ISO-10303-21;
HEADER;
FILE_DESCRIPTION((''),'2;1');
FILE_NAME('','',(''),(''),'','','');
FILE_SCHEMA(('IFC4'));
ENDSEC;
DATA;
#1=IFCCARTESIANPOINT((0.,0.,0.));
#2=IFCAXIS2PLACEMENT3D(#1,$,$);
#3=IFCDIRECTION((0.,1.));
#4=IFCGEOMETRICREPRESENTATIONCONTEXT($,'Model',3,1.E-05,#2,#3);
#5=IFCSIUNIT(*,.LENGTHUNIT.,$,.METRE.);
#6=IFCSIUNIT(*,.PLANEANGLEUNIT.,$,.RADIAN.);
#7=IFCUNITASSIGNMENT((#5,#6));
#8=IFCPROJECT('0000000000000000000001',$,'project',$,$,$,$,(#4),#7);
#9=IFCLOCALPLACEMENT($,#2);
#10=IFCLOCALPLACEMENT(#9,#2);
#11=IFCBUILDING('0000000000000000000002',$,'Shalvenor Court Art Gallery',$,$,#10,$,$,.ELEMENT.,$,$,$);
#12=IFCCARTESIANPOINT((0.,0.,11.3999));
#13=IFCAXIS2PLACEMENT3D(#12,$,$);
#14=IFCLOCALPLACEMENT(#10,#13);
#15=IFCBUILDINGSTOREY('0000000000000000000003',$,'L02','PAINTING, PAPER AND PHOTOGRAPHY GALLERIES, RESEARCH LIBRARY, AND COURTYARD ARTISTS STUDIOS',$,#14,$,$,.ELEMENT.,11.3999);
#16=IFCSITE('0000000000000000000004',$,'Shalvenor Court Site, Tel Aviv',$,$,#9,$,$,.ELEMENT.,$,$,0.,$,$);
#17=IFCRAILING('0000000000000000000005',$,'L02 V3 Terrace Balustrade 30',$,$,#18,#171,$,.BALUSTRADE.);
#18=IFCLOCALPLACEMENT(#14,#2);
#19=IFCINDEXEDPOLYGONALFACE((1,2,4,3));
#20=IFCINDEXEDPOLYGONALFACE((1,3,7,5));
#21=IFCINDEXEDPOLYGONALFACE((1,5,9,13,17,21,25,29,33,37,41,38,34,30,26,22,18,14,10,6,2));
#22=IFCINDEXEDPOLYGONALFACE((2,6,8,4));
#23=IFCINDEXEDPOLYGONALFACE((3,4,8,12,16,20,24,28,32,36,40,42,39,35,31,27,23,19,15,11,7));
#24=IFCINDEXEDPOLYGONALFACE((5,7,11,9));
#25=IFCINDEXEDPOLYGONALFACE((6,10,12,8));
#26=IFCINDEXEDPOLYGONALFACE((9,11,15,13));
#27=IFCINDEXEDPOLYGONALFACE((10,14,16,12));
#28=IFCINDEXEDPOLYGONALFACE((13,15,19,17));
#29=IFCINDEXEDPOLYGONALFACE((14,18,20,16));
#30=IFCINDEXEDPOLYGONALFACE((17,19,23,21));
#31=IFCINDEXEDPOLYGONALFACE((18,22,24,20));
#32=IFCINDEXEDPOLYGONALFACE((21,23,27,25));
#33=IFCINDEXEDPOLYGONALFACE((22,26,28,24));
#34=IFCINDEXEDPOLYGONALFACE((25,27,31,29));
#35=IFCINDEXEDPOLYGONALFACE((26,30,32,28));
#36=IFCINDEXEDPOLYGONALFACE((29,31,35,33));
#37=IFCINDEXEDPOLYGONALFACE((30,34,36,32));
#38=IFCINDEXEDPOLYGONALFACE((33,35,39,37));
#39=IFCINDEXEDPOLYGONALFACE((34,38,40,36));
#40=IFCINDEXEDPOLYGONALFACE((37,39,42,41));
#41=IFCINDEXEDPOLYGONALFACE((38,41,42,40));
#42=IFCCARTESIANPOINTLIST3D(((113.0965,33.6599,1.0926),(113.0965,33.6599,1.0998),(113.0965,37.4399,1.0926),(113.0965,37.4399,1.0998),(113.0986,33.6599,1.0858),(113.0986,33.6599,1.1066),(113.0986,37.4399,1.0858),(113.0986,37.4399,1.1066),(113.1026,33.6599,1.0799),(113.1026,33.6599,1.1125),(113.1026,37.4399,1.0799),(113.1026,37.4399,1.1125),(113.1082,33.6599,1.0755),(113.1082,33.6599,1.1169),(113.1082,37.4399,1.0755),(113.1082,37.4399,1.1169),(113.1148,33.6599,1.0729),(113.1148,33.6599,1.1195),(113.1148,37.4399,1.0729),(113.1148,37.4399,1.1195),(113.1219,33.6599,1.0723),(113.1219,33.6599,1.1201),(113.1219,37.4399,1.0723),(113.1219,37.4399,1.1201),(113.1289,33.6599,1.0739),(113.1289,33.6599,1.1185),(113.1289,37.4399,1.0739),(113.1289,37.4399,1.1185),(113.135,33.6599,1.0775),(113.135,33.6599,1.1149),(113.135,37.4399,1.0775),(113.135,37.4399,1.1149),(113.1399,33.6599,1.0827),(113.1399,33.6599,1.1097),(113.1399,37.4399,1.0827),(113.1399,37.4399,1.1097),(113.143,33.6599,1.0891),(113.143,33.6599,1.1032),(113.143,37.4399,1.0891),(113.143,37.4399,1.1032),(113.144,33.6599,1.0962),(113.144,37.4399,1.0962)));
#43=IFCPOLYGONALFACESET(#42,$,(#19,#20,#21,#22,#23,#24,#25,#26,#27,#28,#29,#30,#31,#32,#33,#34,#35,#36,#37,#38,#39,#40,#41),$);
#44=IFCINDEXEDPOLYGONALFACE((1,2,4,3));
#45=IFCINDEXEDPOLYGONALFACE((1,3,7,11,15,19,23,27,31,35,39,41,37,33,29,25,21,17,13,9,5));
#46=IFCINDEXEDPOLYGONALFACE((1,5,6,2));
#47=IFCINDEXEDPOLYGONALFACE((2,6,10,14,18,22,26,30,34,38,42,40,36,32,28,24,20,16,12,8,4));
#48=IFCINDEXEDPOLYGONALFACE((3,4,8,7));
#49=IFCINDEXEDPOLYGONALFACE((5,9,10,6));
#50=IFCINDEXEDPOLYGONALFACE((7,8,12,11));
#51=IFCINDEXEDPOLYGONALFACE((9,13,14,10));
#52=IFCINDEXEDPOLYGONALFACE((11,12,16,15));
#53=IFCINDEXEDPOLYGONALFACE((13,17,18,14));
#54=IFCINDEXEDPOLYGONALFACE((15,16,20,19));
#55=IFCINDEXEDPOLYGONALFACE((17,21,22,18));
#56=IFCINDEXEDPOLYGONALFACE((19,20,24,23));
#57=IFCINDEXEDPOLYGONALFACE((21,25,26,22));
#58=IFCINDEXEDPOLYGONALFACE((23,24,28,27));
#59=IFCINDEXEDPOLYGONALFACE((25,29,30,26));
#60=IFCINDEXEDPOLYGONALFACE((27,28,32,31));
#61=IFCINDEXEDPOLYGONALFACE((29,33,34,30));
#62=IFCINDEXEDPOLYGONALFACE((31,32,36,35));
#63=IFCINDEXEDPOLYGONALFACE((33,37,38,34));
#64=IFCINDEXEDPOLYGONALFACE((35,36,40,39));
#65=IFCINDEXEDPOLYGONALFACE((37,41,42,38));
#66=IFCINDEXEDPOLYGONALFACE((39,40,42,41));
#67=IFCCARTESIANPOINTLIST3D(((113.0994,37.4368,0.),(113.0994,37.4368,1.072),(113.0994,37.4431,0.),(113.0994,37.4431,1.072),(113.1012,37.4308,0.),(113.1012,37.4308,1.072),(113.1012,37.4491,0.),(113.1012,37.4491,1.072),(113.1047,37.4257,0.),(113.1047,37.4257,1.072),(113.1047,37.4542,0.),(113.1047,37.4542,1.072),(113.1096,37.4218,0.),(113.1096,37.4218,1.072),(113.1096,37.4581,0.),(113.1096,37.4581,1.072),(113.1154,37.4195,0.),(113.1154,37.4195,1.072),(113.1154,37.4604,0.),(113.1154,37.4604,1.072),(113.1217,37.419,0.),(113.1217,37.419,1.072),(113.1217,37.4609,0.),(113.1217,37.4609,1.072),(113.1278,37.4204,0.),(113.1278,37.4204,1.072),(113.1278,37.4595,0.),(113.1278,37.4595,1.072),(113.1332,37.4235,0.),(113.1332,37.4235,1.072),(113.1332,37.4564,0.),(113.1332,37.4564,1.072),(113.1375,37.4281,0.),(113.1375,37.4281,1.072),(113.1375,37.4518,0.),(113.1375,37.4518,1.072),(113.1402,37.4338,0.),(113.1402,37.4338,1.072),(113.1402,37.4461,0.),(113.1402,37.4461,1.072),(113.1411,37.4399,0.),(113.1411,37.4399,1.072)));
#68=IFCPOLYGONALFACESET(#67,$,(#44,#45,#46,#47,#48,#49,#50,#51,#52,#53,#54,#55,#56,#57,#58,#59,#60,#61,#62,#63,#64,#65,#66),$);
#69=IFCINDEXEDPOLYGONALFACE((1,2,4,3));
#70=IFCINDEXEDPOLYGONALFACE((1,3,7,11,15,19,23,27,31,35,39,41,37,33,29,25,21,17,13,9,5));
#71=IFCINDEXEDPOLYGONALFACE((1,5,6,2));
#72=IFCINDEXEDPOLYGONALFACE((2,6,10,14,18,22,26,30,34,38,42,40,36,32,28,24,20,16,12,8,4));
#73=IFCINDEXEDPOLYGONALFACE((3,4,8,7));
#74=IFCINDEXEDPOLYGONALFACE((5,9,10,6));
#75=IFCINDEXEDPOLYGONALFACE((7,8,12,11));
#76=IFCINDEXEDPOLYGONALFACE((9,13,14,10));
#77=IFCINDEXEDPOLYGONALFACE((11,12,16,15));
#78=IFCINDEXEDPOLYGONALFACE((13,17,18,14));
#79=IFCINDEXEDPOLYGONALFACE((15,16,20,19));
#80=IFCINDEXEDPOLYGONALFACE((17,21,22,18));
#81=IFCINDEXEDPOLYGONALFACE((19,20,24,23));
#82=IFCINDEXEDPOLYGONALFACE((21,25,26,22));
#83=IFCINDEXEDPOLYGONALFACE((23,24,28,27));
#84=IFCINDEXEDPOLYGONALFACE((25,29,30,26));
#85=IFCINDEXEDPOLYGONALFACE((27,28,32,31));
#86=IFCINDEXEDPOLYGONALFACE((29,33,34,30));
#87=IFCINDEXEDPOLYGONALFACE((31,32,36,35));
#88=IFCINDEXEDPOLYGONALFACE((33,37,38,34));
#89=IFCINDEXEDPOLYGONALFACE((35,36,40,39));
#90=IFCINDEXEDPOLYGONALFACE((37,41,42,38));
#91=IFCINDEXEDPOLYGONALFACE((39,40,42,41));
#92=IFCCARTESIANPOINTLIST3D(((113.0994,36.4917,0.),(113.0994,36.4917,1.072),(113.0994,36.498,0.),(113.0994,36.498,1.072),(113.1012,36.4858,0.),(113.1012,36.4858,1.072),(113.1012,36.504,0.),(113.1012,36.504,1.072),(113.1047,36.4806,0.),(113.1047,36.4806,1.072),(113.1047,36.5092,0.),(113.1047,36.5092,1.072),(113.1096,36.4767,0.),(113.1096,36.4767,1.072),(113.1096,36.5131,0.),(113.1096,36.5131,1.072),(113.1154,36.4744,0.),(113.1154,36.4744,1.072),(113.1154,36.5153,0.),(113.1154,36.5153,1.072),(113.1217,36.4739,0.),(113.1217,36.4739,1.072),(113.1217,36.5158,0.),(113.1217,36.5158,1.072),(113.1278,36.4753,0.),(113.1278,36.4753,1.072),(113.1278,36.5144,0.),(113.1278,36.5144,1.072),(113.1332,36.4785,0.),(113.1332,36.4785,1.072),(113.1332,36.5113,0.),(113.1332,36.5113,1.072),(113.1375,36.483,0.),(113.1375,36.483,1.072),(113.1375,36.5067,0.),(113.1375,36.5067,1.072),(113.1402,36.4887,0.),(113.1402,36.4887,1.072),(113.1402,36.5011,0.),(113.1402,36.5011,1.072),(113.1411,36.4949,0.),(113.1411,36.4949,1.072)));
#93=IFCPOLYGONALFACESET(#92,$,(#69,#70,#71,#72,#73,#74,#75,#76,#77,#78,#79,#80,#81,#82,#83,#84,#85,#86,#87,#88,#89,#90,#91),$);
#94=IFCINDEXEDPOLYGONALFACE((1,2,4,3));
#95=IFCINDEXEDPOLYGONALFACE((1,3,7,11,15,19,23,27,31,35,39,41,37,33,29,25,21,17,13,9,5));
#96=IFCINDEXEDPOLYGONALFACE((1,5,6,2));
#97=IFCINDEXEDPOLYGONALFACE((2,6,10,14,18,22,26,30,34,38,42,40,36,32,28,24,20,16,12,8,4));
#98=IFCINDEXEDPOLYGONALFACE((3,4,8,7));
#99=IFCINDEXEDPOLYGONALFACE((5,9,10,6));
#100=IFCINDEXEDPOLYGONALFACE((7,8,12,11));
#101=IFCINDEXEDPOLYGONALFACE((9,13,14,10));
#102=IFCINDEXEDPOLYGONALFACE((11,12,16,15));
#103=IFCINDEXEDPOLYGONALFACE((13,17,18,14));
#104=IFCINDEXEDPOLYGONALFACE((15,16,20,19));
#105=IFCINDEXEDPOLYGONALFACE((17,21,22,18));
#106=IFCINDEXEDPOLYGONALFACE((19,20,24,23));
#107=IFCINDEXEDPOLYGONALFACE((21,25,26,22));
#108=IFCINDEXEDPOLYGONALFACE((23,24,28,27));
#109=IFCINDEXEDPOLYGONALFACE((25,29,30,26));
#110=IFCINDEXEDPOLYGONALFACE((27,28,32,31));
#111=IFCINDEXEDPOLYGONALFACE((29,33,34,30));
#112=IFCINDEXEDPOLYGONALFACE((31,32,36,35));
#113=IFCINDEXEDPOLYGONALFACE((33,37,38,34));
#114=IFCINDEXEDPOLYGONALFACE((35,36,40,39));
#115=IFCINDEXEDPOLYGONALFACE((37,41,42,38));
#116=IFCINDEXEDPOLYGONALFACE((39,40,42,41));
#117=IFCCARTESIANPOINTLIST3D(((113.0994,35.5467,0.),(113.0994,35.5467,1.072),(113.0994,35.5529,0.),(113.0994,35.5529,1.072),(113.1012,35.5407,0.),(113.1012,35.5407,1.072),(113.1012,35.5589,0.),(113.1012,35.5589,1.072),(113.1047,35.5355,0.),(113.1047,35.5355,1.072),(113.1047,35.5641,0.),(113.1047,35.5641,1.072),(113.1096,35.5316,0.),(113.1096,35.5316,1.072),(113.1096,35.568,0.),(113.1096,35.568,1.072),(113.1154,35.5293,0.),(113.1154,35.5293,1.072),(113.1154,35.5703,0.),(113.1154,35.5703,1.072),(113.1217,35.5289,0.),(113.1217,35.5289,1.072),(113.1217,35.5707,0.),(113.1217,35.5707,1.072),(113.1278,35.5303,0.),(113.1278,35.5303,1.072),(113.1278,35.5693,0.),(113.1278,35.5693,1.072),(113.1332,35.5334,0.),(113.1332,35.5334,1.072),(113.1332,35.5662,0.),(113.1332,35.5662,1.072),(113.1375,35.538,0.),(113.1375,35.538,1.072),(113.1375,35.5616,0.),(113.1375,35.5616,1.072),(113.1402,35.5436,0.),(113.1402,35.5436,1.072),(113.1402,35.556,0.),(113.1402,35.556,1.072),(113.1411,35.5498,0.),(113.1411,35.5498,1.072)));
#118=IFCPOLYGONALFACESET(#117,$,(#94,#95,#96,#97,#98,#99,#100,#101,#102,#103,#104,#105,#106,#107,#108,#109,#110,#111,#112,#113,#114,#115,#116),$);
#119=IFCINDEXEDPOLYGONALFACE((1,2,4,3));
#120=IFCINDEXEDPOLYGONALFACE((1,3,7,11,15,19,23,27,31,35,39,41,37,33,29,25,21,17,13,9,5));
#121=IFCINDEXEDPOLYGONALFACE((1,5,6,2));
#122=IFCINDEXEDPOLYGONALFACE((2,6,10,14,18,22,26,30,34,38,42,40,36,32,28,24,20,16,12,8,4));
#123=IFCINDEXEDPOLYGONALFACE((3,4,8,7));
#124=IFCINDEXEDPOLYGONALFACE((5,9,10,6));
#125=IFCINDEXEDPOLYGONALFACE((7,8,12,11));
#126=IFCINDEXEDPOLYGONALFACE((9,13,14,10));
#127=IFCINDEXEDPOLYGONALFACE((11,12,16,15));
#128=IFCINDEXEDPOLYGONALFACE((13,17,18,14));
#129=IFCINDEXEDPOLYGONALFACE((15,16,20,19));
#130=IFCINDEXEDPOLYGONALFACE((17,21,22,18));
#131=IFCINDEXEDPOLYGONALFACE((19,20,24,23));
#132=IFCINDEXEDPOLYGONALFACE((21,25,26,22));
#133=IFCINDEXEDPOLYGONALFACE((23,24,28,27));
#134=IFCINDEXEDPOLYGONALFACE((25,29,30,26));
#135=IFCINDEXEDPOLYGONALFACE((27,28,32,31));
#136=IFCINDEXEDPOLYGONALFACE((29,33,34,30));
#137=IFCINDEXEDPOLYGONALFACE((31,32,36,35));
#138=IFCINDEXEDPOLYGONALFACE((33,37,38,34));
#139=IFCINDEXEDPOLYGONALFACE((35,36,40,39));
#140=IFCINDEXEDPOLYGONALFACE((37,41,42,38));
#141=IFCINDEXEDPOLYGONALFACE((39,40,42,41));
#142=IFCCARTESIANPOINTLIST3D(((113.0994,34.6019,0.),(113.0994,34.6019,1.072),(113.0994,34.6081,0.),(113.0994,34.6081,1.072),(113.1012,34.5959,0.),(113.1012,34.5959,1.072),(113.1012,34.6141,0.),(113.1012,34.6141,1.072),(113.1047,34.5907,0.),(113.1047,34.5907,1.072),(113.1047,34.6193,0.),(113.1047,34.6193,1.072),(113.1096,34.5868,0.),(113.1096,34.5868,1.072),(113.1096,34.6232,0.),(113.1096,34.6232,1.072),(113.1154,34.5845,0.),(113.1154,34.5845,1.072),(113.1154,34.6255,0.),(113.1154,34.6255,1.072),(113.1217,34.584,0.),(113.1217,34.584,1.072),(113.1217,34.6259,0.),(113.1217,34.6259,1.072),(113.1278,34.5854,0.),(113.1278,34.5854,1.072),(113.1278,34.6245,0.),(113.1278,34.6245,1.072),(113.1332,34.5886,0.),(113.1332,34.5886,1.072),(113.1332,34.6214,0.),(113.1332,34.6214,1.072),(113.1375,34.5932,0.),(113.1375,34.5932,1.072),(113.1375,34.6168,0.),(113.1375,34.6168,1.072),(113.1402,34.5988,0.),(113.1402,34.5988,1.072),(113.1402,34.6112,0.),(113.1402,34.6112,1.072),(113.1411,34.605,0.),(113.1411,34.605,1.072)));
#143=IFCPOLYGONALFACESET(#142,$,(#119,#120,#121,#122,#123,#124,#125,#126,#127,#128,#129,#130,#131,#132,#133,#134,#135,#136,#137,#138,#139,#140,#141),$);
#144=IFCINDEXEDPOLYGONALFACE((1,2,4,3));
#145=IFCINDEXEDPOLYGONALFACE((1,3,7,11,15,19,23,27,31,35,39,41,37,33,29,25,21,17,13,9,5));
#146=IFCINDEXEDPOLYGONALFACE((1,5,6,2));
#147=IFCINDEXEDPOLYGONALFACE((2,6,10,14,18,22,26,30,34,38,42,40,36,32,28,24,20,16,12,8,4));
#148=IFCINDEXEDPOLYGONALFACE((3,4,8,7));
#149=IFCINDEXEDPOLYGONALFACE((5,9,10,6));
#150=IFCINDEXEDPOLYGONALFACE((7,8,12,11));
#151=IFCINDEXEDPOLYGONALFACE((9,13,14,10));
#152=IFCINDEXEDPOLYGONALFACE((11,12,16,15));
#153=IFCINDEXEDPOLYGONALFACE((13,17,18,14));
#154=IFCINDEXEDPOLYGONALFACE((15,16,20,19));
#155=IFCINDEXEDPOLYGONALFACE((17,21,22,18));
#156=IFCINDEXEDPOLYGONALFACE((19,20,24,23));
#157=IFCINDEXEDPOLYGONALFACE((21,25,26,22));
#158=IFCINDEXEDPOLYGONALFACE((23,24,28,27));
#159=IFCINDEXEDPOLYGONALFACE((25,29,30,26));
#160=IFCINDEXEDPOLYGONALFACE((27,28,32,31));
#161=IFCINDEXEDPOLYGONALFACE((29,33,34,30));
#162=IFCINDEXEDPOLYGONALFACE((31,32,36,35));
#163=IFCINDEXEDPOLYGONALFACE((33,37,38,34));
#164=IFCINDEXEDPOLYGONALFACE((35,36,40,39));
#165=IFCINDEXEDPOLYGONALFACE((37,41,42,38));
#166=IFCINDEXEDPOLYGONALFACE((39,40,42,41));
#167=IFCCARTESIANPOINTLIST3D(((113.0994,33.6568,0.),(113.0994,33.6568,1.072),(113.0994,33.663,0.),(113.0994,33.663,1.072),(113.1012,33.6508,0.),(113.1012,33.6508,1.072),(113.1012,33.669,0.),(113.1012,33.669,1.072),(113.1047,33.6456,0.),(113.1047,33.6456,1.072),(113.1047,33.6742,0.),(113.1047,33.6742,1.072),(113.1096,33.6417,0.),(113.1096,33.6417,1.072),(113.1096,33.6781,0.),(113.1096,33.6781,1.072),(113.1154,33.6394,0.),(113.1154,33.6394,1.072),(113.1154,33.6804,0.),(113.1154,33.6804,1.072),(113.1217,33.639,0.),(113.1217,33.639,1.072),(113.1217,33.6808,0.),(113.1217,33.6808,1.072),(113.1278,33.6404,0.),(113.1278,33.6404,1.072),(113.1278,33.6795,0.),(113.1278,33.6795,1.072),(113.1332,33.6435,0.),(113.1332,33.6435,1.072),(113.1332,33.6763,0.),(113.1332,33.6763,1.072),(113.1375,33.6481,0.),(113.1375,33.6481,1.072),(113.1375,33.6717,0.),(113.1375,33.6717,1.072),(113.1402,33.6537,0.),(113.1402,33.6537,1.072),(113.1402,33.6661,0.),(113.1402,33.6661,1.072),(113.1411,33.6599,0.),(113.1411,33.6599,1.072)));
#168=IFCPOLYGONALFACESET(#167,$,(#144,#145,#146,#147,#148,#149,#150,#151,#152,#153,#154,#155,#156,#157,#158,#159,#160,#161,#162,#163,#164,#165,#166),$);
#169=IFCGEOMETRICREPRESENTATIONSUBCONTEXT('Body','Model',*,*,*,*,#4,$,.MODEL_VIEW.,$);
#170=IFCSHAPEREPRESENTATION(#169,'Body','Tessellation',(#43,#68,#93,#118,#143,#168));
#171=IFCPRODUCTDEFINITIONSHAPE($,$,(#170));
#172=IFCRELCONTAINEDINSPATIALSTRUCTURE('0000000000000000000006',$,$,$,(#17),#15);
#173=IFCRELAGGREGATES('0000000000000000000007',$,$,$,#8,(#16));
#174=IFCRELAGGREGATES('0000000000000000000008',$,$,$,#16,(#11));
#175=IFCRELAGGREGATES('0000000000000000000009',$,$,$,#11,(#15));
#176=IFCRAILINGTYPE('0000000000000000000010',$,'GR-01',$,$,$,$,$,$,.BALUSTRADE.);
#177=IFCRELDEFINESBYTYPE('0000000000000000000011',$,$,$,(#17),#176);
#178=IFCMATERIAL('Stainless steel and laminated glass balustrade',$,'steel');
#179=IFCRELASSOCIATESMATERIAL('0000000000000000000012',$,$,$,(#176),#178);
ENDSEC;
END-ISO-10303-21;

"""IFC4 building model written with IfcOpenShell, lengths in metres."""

from ifc_helpers import new_model, si_unit, direction, frame, origin, origin_2d, place, context, subcontext, project, spatial, circle, extrude, material, type_object, element, save


model = new_model("IFC4")

# Units and contexts
model_context = context("Model", 3, precision=1e-05, world=origin(), true_north=direction((0.0, 1.0)))
body_context = subcontext(model_context, "Body", "Model", "MODEL_VIEW")
ifc_project = project(units=[si_unit("LENGTHUNIT", "METRE"), si_unit("PLANEANGLEUNIT", "RADIAN")], contexts=[model_context])

# Site, building, storey
site_placement = place(None, origin())
site = spatial("IfcSite", under=ifc_project, at=site_placement, Name="Shalvenor Court Site, Tel Aviv", CompositionType="ELEMENT", RefElevation=0.0)
building_placement = place(site_placement, origin())
building = spatial("IfcBuilding", under=site, at=building_placement, Name="Shalvenor Court Art Gallery", CompositionType="ELEMENT")
storey_placement = place(building_placement, frame((0.0, 0.0, 11.3999)))
storey = spatial("IfcBuildingStorey", under=building, at=storey_placement, Name="L02", Description="PAINTING, PAPER AND PHOTOGRAPHY GALLERIES, RESEARCH LIBRARY, AND COURTYARD ARTISTS STUDIOS", CompositionType="ELEMENT", Elevation=11.3999)

# Railing
ifc_material_1 = material(Name="Stainless steel and laminated glass balustrade", Category="steel")
railing_type = type_object("IfcRailingType", Name="GR-01", PredefinedType="BALUSTRADE", material=ifc_material_1)
railing_1_placement = place(storey_placement, frame((113.1201, 37.4399, 0.0)))
element("IfcRailing", 1, at=railing_1_placement, inside=storey, type_object=railing_type, Name="L02 V3 Terrace Balustrade 30", PredefinedType="BALUSTRADE", context=body_context, shape_type="SweptSolid", body=[
    extrude(circle(Radius=0.0239, at=origin_2d()), frame((0.0, 0.0, 1.0962), z_axis=(0.0, -1.0, 0.0), x_axis=(1.0, 0.0, 0.0)), (0.0, 0.0, 1.0), 3.78),
    extrude(circle(Radius=0.021, at=origin_2d()), origin(), (0.0, 0.0, 1.0), 1.072),
    extrude(circle(Radius=0.021, at=origin_2d()), frame((0.0, -0.9451, 0.0)), (0.0, 0.0, 1.0), 1.072),
    extrude(circle(Radius=0.021, at=origin_2d()), frame((0.0, -1.8901, 0.0)), (0.0, 0.0, 1.0), 1.072),
    extrude(circle(Radius=0.021, at=origin_2d()), frame((0.0, -2.835, 0.0)), (0.0, 0.0, 1.0), 1.072),
    extrude(circle(Radius=0.021, at=origin_2d()), frame((0.0, -3.78, 0.0)), (0.0, 0.0, 1.0), 1.072),
])

save(model, "model.ifc")
